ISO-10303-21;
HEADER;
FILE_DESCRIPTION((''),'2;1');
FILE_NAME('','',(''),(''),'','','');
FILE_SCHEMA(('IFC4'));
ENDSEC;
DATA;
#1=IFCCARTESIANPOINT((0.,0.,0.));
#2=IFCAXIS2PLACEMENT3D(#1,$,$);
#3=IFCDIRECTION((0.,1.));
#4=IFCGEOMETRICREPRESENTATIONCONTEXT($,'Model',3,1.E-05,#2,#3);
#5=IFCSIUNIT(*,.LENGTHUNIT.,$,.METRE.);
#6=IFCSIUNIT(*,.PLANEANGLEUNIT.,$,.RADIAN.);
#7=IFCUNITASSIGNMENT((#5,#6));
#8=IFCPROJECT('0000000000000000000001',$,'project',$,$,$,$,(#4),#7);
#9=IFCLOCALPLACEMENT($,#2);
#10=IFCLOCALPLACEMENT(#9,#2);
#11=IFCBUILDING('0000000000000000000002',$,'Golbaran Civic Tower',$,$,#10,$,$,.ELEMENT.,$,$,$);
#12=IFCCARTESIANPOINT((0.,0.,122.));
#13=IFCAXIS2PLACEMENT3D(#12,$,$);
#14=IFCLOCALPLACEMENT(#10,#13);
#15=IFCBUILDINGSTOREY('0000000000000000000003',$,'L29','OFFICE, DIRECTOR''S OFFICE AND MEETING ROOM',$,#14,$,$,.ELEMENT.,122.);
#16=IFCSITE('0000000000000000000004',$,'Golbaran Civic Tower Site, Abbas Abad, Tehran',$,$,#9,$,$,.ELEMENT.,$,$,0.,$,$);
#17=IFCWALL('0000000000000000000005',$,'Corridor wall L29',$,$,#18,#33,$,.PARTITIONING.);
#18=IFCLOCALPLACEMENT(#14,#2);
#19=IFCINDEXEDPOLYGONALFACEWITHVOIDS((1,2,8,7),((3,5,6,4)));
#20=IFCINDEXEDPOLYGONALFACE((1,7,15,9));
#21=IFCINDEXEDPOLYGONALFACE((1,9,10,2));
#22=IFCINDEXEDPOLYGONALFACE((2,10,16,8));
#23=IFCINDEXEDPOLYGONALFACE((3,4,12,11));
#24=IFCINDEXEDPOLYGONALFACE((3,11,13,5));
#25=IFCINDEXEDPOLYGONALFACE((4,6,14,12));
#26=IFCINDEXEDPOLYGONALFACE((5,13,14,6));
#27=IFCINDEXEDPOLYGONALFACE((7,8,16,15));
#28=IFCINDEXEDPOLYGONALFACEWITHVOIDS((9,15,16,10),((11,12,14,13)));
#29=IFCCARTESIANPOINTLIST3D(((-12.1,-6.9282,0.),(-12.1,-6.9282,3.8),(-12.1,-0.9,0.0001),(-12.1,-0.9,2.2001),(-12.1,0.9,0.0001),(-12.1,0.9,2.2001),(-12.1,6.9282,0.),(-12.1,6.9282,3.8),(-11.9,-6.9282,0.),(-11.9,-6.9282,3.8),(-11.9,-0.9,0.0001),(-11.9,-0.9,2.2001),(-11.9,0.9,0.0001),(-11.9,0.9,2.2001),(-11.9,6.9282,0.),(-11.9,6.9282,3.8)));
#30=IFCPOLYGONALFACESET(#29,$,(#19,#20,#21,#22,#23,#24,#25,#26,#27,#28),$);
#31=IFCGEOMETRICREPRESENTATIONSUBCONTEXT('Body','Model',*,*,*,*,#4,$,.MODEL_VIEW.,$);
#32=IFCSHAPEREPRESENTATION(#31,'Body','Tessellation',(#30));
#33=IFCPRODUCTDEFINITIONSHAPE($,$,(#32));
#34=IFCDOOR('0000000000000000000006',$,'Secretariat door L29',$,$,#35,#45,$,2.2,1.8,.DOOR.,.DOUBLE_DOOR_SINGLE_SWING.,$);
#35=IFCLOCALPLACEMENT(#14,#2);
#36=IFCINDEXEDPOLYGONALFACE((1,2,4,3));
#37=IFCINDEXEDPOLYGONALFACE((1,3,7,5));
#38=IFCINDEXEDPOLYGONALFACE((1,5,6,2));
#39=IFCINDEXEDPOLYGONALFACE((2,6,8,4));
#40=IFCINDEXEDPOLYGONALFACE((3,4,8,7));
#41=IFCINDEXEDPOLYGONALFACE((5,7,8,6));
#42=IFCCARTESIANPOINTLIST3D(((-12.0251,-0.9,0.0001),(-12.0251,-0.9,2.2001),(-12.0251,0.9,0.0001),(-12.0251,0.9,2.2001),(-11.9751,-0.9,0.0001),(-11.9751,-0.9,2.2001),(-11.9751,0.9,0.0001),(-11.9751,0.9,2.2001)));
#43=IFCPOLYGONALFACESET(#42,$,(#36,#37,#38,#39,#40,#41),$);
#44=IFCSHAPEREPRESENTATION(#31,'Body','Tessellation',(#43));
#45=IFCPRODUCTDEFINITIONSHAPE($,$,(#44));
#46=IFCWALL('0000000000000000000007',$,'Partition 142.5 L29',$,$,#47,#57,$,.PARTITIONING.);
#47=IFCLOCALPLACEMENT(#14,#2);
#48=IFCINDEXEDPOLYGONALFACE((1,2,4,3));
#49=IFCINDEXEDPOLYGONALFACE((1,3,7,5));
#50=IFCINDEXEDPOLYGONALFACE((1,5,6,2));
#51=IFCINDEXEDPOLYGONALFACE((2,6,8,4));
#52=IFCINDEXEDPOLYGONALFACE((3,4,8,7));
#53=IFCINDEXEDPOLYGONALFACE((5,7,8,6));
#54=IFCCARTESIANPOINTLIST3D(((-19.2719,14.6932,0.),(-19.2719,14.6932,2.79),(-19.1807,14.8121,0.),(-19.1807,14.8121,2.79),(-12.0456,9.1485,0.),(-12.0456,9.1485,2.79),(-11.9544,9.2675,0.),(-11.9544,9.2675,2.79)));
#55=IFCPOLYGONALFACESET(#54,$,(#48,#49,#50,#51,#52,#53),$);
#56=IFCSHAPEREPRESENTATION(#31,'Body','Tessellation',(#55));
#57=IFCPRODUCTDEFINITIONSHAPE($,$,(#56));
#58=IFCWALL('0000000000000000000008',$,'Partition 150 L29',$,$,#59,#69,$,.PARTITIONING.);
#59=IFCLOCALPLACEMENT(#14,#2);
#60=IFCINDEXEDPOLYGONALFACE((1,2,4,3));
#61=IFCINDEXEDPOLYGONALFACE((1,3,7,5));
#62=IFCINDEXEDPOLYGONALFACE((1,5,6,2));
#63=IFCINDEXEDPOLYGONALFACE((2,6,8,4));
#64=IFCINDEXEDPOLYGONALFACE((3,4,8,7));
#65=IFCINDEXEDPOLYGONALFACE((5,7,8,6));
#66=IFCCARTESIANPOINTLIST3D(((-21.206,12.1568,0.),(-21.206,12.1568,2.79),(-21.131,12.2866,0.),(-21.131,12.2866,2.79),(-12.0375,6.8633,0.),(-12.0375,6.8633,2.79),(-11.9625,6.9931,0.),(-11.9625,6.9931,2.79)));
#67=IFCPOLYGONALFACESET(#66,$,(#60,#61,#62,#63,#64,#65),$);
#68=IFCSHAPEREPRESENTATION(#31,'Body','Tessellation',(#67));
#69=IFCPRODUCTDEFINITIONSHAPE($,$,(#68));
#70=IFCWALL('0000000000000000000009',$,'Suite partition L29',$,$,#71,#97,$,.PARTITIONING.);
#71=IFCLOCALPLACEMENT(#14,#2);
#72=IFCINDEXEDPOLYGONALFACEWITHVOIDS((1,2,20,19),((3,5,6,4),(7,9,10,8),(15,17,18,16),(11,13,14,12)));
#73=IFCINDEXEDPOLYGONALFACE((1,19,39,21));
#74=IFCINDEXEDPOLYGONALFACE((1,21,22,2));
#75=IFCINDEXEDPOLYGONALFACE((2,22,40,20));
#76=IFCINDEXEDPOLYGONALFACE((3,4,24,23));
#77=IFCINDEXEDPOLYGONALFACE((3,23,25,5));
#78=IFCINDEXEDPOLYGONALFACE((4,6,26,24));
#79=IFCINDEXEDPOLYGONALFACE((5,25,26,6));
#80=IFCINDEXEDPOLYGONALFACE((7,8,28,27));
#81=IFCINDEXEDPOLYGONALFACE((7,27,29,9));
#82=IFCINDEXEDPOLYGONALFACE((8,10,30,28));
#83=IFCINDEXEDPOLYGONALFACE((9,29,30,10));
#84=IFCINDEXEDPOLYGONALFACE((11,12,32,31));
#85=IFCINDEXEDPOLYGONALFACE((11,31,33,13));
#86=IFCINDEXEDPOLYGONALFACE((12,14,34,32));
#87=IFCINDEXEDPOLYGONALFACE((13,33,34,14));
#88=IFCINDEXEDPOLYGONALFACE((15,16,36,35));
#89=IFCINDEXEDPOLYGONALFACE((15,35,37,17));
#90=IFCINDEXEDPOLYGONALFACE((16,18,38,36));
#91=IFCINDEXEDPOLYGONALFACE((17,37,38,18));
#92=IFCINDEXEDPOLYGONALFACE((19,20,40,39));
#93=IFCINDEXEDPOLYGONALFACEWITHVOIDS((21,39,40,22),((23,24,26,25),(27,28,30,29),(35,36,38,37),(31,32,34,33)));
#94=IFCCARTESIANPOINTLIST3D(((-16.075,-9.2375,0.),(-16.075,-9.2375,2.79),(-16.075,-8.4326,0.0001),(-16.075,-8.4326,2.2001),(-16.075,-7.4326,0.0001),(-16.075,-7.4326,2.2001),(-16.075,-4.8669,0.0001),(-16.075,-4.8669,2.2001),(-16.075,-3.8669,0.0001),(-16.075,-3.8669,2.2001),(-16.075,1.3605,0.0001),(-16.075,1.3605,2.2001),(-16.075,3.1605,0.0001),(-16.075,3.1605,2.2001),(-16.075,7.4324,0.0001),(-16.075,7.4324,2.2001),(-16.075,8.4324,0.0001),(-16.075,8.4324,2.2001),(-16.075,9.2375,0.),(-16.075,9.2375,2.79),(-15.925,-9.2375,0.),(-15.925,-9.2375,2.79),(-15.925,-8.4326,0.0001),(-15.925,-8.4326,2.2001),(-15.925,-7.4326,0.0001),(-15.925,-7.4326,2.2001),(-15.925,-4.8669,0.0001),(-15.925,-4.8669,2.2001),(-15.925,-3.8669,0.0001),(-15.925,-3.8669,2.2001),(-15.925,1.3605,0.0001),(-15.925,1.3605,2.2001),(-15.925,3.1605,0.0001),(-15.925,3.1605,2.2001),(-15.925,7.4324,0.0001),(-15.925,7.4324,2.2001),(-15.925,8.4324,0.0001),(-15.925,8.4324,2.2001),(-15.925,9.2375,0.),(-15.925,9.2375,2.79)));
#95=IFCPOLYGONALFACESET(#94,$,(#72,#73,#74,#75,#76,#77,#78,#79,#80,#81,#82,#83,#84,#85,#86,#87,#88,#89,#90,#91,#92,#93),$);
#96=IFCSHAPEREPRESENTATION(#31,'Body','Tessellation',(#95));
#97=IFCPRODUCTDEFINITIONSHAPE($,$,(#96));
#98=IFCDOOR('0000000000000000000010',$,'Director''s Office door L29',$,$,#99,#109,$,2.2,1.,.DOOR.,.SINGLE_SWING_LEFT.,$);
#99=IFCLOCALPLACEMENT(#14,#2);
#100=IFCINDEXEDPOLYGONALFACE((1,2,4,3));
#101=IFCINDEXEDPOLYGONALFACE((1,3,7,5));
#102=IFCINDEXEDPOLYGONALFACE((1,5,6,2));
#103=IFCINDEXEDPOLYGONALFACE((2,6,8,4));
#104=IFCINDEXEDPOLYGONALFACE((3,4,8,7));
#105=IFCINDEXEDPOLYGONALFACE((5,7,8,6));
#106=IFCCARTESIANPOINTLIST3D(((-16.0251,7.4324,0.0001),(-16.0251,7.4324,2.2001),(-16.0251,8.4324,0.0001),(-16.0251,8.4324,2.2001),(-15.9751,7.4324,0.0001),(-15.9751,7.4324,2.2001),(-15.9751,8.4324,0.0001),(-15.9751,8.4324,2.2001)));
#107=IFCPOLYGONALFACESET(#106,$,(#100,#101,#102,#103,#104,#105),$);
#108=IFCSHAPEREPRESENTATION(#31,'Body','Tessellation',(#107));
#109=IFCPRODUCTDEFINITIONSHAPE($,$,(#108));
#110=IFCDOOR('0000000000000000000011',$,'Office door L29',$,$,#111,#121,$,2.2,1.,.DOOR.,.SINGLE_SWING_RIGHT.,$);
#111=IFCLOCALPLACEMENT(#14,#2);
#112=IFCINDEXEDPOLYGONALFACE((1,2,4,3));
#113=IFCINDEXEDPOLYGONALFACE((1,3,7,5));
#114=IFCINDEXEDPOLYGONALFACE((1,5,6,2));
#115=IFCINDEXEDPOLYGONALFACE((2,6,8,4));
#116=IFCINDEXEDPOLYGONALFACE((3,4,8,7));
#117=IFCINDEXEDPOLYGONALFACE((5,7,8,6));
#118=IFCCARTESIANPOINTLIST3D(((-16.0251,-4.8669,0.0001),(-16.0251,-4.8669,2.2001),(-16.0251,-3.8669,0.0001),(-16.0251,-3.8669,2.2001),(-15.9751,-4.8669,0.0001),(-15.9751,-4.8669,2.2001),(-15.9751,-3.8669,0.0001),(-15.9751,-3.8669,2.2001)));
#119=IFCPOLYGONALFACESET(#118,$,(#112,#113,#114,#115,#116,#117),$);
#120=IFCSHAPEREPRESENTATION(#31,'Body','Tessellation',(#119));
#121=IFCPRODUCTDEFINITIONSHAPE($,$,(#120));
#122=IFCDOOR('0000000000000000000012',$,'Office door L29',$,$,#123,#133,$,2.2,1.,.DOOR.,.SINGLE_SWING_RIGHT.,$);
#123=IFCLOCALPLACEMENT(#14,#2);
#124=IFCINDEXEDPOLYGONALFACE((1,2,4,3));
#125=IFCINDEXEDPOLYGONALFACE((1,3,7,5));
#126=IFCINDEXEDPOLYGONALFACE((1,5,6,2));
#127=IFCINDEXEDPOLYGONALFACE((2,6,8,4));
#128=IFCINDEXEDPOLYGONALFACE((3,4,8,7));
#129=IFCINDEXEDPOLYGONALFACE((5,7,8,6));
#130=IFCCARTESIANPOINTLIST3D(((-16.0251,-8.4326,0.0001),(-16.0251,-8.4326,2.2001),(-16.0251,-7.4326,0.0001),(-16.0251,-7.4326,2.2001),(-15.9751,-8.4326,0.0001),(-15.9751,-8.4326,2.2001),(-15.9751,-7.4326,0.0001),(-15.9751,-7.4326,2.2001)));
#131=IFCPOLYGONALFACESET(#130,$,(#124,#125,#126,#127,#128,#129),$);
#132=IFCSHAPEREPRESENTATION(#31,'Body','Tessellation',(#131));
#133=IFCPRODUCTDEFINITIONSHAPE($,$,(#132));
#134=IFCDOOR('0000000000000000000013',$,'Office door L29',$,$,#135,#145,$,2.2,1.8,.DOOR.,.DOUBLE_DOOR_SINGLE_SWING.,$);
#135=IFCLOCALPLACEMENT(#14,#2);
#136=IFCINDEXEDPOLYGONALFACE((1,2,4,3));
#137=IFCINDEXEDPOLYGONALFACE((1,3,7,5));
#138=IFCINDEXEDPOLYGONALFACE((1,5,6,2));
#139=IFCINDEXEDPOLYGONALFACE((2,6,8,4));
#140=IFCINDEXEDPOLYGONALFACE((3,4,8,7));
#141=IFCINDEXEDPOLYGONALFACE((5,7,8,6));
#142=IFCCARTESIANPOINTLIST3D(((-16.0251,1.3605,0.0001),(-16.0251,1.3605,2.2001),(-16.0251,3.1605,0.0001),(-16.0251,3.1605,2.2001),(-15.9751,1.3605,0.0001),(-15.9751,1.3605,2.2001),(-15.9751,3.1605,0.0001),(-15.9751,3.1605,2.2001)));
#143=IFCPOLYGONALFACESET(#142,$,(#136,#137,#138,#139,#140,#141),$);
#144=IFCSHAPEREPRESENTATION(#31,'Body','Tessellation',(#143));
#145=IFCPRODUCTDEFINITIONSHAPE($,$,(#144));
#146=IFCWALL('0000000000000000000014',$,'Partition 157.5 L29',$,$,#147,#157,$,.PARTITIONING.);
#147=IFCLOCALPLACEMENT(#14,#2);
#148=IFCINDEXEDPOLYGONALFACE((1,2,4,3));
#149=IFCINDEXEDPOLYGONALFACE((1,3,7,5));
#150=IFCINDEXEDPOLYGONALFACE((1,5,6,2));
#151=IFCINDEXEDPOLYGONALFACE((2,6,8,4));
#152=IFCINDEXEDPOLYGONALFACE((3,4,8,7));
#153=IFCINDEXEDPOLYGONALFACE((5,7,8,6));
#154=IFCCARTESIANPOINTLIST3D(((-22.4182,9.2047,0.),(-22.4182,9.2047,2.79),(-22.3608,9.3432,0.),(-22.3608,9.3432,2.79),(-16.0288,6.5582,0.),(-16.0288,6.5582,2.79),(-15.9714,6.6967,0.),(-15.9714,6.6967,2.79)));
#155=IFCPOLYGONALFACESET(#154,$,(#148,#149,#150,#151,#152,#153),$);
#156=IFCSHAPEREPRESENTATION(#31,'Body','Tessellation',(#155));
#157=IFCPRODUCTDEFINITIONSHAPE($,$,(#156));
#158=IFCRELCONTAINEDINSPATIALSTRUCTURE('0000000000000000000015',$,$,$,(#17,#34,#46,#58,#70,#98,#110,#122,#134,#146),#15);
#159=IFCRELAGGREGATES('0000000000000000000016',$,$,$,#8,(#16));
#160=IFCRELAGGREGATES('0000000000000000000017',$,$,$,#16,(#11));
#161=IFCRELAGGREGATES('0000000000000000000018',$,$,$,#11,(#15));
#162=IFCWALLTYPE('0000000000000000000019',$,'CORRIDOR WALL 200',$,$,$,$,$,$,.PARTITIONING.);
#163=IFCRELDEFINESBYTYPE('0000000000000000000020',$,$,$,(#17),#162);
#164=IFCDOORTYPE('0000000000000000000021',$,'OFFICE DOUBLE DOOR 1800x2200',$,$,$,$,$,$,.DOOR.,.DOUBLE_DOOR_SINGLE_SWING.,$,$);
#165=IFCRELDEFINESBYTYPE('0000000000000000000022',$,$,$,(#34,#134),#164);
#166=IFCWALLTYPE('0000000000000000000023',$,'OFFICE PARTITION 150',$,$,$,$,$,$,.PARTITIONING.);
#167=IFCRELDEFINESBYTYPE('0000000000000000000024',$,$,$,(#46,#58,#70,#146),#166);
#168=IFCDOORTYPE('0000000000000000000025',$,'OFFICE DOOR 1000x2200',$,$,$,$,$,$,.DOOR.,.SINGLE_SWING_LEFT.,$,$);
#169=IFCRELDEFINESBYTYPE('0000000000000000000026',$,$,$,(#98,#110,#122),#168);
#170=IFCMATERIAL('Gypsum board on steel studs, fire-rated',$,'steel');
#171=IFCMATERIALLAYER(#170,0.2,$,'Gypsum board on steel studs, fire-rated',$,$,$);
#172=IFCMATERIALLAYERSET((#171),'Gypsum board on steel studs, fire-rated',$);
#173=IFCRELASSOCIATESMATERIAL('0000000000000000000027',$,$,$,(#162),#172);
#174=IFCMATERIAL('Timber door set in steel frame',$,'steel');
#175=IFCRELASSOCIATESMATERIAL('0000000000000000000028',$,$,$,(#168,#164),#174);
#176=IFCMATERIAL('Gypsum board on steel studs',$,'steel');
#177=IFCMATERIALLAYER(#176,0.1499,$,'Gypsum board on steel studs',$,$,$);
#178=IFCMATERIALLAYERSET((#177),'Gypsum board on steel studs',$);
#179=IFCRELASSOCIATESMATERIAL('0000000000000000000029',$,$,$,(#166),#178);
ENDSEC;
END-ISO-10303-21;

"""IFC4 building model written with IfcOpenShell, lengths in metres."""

from ifc_helpers import new_model, si_unit, direction, frame, frame_2d, origin, place, context, subcontext, project, spatial, rectangle, extrude, material, layer, layer_set, type_object, element, fill, save


model = new_model("IFC4")

# Units and contexts
model_context = context("Model", 3, precision=1e-05, world=origin(), true_north=direction((0.0, 1.0)))
body_context = subcontext(model_context, "Body", "Model", "MODEL_VIEW")
ifc_project = project(units=[si_unit("LENGTHUNIT", "METRE"), si_unit("PLANEANGLEUNIT", "RADIAN")], contexts=[model_context])

# Site, building, storey
site_placement = place(None, origin())
site = spatial("IfcSite", under=ifc_project, at=site_placement, Name="Golbaran Civic Tower Site, Abbas Abad, Tehran", CompositionType="ELEMENT", RefElevation=0.0)
building_placement = place(site_placement, origin())
building = spatial("IfcBuilding", under=site, at=building_placement, Name="Golbaran Civic Tower", CompositionType="ELEMENT")
storey_placement = place(building_placement, frame((0.0, 0.0, 122.0)))
storey = spatial("IfcBuildingStorey", under=building, at=storey_placement, Name="L29", Description="OFFICE, DIRECTOR'S OFFICE AND MEETING ROOM", CompositionType="ELEMENT", Elevation=122.0)

# Shared definitions
ifc_material_1 = material(Name="Timber door set in steel frame", Category="steel")

# Shared definitions
ifc_material_2 = material(Name="Gypsum board on steel studs, fire-rated", Category="steel")
ifc_layer_1 = layer(ifc_material_2, 0.2, Name="Gypsum board on steel studs, fire-rated")
ifc_layer_set_1 = layer_set([ifc_layer_1], Name="Gypsum board on steel studs, fire-rated")
wall_type_1 = type_object("IfcWallType", Name="CORRIDOR WALL 200", PredefinedType="PARTITIONING", material=ifc_layer_set_1)

# Wall, opening, door
door_type_1 = type_object("IfcDoorType", Name="OFFICE DOOR 1000x2200", OperationType="SINGLE_SWING_LEFT", PredefinedType="DOOR", material=ifc_material_1)
wall_1_placement = place(storey_placement, frame((-12.0, 6.9282, 0.0), z_axis=(0.0, 0.0, 1.0), x_axis=(0.0, -1.0, 0.0)))
wall_1 = element("IfcWall", 1, at=wall_1_placement, inside=storey, type_object=wall_type_1, Name="Corridor wall L29", PredefinedType="PARTITIONING", context=body_context, shape_type="SweptSolid", body=[
    extrude(rectangle(XDim=13.8564, YDim=0.2, at=frame_2d((6.9282, 0.0))), origin(), (0.0, 0.0, 1.0), 3.8),
])
opening_1_placement = place(wall_1_placement, frame((6.0283, 0.0, 0.0)))
opening_1 = element("IfcOpeningElement", 2, at=opening_1_placement, cuts=wall_1, PredefinedType="OPENING", context=body_context, shape_type="SweptSolid", body=[
    extrude(rectangle(XDim=1.8, YDim=2.2, at=frame_2d((0.8999, 1.1001))), frame((0.0, 0.1099, 0.0), z_axis=(0.0, -1.0, 0.0), x_axis=(1.0, 0.0, 0.0)), (0.0, 0.0, 1.0), 0.22),
])
door_type_2 = type_object("IfcDoorType", Name="OFFICE DOUBLE DOOR 1800x2200", OperationType="DOUBLE_DOOR_SINGLE_SWING", PredefinedType="DOOR", material=ifc_material_1)
door_1_placement = place(opening_1_placement, origin())
door_1 = element("IfcDoor", 3, at=door_1_placement, inside=storey, type_object=door_type_2, Name="Secretariat door L29", OperationType="DOUBLE_DOOR_SINGLE_SWING", OverallHeight=2.2, OverallWidth=1.8, PredefinedType="DOOR", context=body_context, shape_type="SweptSolid", body=[
    extrude(rectangle(XDim=1.8, YDim=2.2, at=frame_2d((0.8999, 1.1001))), frame((0.0, 0.0249, 0.0), z_axis=(0.0, -1.0, 0.0), x_axis=(1.0, 0.0, 0.0)), (0.0, 0.0, 1.0), 0.05),
])
fill(opening_1, door_1)

# Walls
ifc_material_3 = material(Name="Gypsum board on steel studs", Category="steel")
ifc_layer_2 = layer(ifc_material_3, 0.1499, Name="Gypsum board on steel studs")
ifc_layer_set_2 = layer_set([ifc_layer_2], Name="Gypsum board on steel studs")
wall_type_2 = type_object("IfcWallType", Name="OFFICE PARTITION 150", PredefinedType="PARTITIONING", material=ifc_layer_set_2)
wall_2_placement = place(storey_placement, frame((-12.0, 9.208, 0.0), z_axis=(0.0, 0.0, 1.0), x_axis=(-0.793368, 0.608743, 0.0)))
element("IfcWall", 4, at=wall_2_placement, inside=storey, type_object=wall_type_2, Name="Partition 142.5 L29", PredefinedType="PARTITIONING", context=body_context, shape_type="SweptSolid", body=[
    extrude(rectangle(XDim=9.1084, YDim=0.1499, at=frame_2d((4.5542, 0.0))), origin(), (0.0, 0.0, 1.0), 2.79),
])
wall_3_placement = place(storey_placement, frame((-12.0, 6.9282, 0.0), z_axis=(0.0, 0.0, 1.0), x_axis=(-0.866024, 0.500003, 0.0)))
element("IfcWall", 5, at=wall_3_placement, inside=storey, type_object=wall_type_2, Name="Partition 150 L29", PredefinedType="PARTITIONING", context=body_context, shape_type="SweptSolid", body=[
    extrude(rectangle(XDim=10.5869, YDim=0.1499, at=frame_2d((5.2935, 0.0))), origin(), (0.0, 0.0, 1.0), 2.79),
])

# Wall, openings, doors
wall_4_placement = place(storey_placement, frame((-16.0, 9.2375, 0.0), z_axis=(0.0, 0.0, 1.0), x_axis=(0.0, -1.0, 0.0)))
wall_4 = element("IfcWall", 6, at=wall_4_placement, inside=storey, type_object=wall_type_2, Name="Suite partition L29", PredefinedType="PARTITIONING", context=body_context, shape_type="SweptSolid", body=[
    extrude(rectangle(XDim=18.4751, YDim=0.1499, at=frame_2d((9.2375, 0.0))), origin(), (0.0, 0.0, 1.0), 2.79),
])
opening_2_placement = place(wall_4_placement, frame((0.8052, 0.0, 0.0)))
opening_2 = element("IfcOpeningElement", 7, at=opening_2_placement, cuts=wall_4, PredefinedType="OPENING", context=body_context, shape_type="SweptSolid", body=[
    extrude(rectangle(XDim=1.0, YDim=2.2, at=frame_2d((0.5, 1.1001))), frame((0.0, 0.085, 0.0), z_axis=(0.0, -1.0, 0.0), x_axis=(1.0, 0.0, 0.0)), (0.0, 0.0, 1.0), 0.1699),
])
opening_3_placement = place(wall_4_placement, frame((6.0771, 0.0, 0.0)))
opening_3 = element("IfcOpeningElement", 8, at=opening_3_placement, cuts=wall_4, PredefinedType="OPENING", context=body_context, shape_type="SweptSolid", body=[
    extrude(rectangle(XDim=1.8, YDim=2.2, at=frame_2d((0.8999, 1.1001))), frame((0.0, 0.085, 0.0), z_axis=(0.0, -1.0, 0.0), x_axis=(1.0, 0.0, 0.0)), (0.0, 0.0, 1.0), 0.1699),
])
opening_4_placement = place(wall_4_placement, frame((13.1045, 0.0, 0.0)))
opening_4 = element("IfcOpeningElement", 9, at=opening_4_placement, cuts=wall_4, PredefinedType="OPENING", context=body_context, shape_type="SweptSolid", body=[
    extrude(rectangle(XDim=1.0, YDim=2.2, at=frame_2d((0.5, 1.1001))), frame((0.0, 0.085, 0.0), z_axis=(0.0, -1.0, 0.0), x_axis=(1.0, 0.0, 0.0)), (0.0, 0.0, 1.0), 0.1699),
])
opening_5_placement = place(wall_4_placement, frame((16.6702, 0.0, 0.0)))
opening_5 = element("IfcOpeningElement", 10, at=opening_5_placement, cuts=wall_4, PredefinedType="OPENING", context=body_context, shape_type="SweptSolid", body=[
    extrude(rectangle(XDim=1.0, YDim=2.2, at=frame_2d((0.5, 1.1001))), frame((0.0, 0.085, 0.0), z_axis=(0.0, -1.0, 0.0), x_axis=(1.0, 0.0, 0.0)), (0.0, 0.0, 1.0), 0.1699),
])
door_2_placement = place(opening_2_placement, origin())
door_2 = element("IfcDoor", 11, at=door_2_placement, inside=storey, type_object=door_type_1, Name="Director's Office door L29", OperationType="SINGLE_SWING_LEFT", OverallHeight=2.2, OverallWidth=1.0, PredefinedType="DOOR", context=body_context, shape_type="SweptSolid", body=[
    extrude(rectangle(XDim=1.0, YDim=2.2, at=frame_2d((0.5, 1.1001))), frame((0.0, 0.0249, 0.0), z_axis=(0.0, -1.0, 0.0), x_axis=(1.0, 0.0, 0.0)), (0.0, 0.0, 1.0), 0.05),
])
fill(opening_2, door_2)
door_3_placement = place(opening_4_placement, origin())
door_3 = element("IfcDoor", 12, at=door_3_placement, inside=storey, type_object=door_type_1, Name="Office door L29", OperationType="SINGLE_SWING_RIGHT", OverallHeight=2.2, OverallWidth=1.0, PredefinedType="DOOR", context=body_context, shape_type="SweptSolid", body=[
    extrude(rectangle(XDim=1.0, YDim=2.2, at=frame_2d((0.5, 1.1001))), frame((0.0, 0.0249, 0.0), z_axis=(0.0, -1.0, 0.0), x_axis=(1.0, 0.0, 0.0)), (0.0, 0.0, 1.0), 0.05),
])
fill(opening_4, door_3)
door_4_placement = place(opening_5_placement, origin())
door_4 = element("IfcDoor", 13, at=door_4_placement, inside=storey, type_object=door_type_1, Name="Office door L29", OperationType="SINGLE_SWING_RIGHT", OverallHeight=2.2, OverallWidth=1.0, PredefinedType="DOOR", context=body_context, shape_type="SweptSolid", body=[
    extrude(rectangle(XDim=1.0, YDim=2.2, at=frame_2d((0.5, 1.1001))), frame((0.0, 0.0249, 0.0), z_axis=(0.0, -1.0, 0.0), x_axis=(1.0, 0.0, 0.0)), (0.0, 0.0, 1.0), 0.05),
])
fill(opening_5, door_4)
door_5_placement = place(opening_3_placement, origin())
door_5 = element("IfcDoor", 14, at=door_5_placement, inside=storey, type_object=door_type_2, Name="Office door L29", OperationType="DOUBLE_DOOR_SINGLE_SWING", OverallHeight=2.2, OverallWidth=1.8, PredefinedType="DOOR", context=body_context, shape_type="SweptSolid", body=[
    extrude(rectangle(XDim=1.8, YDim=2.2, at=frame_2d((0.8999, 1.1001))), frame((0.0, 0.0249, 0.0), z_axis=(0.0, -1.0, 0.0), x_axis=(1.0, 0.0, 0.0)), (0.0, 0.0, 1.0), 0.05),
])
fill(opening_3, door_5)

# Wall
wall_5_placement = place(storey_placement, frame((-16.0, 6.6274, 0.0), z_axis=(0.0, 0.0, 1.0), x_axis=(-0.923884, 0.382672, 0.0)))
element("IfcWall", 15, at=wall_5_placement, inside=storey, type_object=wall_type_2, Name="Partition 157.5 L29", PredefinedType="PARTITIONING", context=body_context, shape_type="SweptSolid", body=[
    extrude(rectangle(XDim=6.9158, YDim=0.1499, at=frame_2d((3.458, 0.0))), origin(), (0.0, 0.0, 1.0), 2.79),
])

save(model, "model.ifc")
